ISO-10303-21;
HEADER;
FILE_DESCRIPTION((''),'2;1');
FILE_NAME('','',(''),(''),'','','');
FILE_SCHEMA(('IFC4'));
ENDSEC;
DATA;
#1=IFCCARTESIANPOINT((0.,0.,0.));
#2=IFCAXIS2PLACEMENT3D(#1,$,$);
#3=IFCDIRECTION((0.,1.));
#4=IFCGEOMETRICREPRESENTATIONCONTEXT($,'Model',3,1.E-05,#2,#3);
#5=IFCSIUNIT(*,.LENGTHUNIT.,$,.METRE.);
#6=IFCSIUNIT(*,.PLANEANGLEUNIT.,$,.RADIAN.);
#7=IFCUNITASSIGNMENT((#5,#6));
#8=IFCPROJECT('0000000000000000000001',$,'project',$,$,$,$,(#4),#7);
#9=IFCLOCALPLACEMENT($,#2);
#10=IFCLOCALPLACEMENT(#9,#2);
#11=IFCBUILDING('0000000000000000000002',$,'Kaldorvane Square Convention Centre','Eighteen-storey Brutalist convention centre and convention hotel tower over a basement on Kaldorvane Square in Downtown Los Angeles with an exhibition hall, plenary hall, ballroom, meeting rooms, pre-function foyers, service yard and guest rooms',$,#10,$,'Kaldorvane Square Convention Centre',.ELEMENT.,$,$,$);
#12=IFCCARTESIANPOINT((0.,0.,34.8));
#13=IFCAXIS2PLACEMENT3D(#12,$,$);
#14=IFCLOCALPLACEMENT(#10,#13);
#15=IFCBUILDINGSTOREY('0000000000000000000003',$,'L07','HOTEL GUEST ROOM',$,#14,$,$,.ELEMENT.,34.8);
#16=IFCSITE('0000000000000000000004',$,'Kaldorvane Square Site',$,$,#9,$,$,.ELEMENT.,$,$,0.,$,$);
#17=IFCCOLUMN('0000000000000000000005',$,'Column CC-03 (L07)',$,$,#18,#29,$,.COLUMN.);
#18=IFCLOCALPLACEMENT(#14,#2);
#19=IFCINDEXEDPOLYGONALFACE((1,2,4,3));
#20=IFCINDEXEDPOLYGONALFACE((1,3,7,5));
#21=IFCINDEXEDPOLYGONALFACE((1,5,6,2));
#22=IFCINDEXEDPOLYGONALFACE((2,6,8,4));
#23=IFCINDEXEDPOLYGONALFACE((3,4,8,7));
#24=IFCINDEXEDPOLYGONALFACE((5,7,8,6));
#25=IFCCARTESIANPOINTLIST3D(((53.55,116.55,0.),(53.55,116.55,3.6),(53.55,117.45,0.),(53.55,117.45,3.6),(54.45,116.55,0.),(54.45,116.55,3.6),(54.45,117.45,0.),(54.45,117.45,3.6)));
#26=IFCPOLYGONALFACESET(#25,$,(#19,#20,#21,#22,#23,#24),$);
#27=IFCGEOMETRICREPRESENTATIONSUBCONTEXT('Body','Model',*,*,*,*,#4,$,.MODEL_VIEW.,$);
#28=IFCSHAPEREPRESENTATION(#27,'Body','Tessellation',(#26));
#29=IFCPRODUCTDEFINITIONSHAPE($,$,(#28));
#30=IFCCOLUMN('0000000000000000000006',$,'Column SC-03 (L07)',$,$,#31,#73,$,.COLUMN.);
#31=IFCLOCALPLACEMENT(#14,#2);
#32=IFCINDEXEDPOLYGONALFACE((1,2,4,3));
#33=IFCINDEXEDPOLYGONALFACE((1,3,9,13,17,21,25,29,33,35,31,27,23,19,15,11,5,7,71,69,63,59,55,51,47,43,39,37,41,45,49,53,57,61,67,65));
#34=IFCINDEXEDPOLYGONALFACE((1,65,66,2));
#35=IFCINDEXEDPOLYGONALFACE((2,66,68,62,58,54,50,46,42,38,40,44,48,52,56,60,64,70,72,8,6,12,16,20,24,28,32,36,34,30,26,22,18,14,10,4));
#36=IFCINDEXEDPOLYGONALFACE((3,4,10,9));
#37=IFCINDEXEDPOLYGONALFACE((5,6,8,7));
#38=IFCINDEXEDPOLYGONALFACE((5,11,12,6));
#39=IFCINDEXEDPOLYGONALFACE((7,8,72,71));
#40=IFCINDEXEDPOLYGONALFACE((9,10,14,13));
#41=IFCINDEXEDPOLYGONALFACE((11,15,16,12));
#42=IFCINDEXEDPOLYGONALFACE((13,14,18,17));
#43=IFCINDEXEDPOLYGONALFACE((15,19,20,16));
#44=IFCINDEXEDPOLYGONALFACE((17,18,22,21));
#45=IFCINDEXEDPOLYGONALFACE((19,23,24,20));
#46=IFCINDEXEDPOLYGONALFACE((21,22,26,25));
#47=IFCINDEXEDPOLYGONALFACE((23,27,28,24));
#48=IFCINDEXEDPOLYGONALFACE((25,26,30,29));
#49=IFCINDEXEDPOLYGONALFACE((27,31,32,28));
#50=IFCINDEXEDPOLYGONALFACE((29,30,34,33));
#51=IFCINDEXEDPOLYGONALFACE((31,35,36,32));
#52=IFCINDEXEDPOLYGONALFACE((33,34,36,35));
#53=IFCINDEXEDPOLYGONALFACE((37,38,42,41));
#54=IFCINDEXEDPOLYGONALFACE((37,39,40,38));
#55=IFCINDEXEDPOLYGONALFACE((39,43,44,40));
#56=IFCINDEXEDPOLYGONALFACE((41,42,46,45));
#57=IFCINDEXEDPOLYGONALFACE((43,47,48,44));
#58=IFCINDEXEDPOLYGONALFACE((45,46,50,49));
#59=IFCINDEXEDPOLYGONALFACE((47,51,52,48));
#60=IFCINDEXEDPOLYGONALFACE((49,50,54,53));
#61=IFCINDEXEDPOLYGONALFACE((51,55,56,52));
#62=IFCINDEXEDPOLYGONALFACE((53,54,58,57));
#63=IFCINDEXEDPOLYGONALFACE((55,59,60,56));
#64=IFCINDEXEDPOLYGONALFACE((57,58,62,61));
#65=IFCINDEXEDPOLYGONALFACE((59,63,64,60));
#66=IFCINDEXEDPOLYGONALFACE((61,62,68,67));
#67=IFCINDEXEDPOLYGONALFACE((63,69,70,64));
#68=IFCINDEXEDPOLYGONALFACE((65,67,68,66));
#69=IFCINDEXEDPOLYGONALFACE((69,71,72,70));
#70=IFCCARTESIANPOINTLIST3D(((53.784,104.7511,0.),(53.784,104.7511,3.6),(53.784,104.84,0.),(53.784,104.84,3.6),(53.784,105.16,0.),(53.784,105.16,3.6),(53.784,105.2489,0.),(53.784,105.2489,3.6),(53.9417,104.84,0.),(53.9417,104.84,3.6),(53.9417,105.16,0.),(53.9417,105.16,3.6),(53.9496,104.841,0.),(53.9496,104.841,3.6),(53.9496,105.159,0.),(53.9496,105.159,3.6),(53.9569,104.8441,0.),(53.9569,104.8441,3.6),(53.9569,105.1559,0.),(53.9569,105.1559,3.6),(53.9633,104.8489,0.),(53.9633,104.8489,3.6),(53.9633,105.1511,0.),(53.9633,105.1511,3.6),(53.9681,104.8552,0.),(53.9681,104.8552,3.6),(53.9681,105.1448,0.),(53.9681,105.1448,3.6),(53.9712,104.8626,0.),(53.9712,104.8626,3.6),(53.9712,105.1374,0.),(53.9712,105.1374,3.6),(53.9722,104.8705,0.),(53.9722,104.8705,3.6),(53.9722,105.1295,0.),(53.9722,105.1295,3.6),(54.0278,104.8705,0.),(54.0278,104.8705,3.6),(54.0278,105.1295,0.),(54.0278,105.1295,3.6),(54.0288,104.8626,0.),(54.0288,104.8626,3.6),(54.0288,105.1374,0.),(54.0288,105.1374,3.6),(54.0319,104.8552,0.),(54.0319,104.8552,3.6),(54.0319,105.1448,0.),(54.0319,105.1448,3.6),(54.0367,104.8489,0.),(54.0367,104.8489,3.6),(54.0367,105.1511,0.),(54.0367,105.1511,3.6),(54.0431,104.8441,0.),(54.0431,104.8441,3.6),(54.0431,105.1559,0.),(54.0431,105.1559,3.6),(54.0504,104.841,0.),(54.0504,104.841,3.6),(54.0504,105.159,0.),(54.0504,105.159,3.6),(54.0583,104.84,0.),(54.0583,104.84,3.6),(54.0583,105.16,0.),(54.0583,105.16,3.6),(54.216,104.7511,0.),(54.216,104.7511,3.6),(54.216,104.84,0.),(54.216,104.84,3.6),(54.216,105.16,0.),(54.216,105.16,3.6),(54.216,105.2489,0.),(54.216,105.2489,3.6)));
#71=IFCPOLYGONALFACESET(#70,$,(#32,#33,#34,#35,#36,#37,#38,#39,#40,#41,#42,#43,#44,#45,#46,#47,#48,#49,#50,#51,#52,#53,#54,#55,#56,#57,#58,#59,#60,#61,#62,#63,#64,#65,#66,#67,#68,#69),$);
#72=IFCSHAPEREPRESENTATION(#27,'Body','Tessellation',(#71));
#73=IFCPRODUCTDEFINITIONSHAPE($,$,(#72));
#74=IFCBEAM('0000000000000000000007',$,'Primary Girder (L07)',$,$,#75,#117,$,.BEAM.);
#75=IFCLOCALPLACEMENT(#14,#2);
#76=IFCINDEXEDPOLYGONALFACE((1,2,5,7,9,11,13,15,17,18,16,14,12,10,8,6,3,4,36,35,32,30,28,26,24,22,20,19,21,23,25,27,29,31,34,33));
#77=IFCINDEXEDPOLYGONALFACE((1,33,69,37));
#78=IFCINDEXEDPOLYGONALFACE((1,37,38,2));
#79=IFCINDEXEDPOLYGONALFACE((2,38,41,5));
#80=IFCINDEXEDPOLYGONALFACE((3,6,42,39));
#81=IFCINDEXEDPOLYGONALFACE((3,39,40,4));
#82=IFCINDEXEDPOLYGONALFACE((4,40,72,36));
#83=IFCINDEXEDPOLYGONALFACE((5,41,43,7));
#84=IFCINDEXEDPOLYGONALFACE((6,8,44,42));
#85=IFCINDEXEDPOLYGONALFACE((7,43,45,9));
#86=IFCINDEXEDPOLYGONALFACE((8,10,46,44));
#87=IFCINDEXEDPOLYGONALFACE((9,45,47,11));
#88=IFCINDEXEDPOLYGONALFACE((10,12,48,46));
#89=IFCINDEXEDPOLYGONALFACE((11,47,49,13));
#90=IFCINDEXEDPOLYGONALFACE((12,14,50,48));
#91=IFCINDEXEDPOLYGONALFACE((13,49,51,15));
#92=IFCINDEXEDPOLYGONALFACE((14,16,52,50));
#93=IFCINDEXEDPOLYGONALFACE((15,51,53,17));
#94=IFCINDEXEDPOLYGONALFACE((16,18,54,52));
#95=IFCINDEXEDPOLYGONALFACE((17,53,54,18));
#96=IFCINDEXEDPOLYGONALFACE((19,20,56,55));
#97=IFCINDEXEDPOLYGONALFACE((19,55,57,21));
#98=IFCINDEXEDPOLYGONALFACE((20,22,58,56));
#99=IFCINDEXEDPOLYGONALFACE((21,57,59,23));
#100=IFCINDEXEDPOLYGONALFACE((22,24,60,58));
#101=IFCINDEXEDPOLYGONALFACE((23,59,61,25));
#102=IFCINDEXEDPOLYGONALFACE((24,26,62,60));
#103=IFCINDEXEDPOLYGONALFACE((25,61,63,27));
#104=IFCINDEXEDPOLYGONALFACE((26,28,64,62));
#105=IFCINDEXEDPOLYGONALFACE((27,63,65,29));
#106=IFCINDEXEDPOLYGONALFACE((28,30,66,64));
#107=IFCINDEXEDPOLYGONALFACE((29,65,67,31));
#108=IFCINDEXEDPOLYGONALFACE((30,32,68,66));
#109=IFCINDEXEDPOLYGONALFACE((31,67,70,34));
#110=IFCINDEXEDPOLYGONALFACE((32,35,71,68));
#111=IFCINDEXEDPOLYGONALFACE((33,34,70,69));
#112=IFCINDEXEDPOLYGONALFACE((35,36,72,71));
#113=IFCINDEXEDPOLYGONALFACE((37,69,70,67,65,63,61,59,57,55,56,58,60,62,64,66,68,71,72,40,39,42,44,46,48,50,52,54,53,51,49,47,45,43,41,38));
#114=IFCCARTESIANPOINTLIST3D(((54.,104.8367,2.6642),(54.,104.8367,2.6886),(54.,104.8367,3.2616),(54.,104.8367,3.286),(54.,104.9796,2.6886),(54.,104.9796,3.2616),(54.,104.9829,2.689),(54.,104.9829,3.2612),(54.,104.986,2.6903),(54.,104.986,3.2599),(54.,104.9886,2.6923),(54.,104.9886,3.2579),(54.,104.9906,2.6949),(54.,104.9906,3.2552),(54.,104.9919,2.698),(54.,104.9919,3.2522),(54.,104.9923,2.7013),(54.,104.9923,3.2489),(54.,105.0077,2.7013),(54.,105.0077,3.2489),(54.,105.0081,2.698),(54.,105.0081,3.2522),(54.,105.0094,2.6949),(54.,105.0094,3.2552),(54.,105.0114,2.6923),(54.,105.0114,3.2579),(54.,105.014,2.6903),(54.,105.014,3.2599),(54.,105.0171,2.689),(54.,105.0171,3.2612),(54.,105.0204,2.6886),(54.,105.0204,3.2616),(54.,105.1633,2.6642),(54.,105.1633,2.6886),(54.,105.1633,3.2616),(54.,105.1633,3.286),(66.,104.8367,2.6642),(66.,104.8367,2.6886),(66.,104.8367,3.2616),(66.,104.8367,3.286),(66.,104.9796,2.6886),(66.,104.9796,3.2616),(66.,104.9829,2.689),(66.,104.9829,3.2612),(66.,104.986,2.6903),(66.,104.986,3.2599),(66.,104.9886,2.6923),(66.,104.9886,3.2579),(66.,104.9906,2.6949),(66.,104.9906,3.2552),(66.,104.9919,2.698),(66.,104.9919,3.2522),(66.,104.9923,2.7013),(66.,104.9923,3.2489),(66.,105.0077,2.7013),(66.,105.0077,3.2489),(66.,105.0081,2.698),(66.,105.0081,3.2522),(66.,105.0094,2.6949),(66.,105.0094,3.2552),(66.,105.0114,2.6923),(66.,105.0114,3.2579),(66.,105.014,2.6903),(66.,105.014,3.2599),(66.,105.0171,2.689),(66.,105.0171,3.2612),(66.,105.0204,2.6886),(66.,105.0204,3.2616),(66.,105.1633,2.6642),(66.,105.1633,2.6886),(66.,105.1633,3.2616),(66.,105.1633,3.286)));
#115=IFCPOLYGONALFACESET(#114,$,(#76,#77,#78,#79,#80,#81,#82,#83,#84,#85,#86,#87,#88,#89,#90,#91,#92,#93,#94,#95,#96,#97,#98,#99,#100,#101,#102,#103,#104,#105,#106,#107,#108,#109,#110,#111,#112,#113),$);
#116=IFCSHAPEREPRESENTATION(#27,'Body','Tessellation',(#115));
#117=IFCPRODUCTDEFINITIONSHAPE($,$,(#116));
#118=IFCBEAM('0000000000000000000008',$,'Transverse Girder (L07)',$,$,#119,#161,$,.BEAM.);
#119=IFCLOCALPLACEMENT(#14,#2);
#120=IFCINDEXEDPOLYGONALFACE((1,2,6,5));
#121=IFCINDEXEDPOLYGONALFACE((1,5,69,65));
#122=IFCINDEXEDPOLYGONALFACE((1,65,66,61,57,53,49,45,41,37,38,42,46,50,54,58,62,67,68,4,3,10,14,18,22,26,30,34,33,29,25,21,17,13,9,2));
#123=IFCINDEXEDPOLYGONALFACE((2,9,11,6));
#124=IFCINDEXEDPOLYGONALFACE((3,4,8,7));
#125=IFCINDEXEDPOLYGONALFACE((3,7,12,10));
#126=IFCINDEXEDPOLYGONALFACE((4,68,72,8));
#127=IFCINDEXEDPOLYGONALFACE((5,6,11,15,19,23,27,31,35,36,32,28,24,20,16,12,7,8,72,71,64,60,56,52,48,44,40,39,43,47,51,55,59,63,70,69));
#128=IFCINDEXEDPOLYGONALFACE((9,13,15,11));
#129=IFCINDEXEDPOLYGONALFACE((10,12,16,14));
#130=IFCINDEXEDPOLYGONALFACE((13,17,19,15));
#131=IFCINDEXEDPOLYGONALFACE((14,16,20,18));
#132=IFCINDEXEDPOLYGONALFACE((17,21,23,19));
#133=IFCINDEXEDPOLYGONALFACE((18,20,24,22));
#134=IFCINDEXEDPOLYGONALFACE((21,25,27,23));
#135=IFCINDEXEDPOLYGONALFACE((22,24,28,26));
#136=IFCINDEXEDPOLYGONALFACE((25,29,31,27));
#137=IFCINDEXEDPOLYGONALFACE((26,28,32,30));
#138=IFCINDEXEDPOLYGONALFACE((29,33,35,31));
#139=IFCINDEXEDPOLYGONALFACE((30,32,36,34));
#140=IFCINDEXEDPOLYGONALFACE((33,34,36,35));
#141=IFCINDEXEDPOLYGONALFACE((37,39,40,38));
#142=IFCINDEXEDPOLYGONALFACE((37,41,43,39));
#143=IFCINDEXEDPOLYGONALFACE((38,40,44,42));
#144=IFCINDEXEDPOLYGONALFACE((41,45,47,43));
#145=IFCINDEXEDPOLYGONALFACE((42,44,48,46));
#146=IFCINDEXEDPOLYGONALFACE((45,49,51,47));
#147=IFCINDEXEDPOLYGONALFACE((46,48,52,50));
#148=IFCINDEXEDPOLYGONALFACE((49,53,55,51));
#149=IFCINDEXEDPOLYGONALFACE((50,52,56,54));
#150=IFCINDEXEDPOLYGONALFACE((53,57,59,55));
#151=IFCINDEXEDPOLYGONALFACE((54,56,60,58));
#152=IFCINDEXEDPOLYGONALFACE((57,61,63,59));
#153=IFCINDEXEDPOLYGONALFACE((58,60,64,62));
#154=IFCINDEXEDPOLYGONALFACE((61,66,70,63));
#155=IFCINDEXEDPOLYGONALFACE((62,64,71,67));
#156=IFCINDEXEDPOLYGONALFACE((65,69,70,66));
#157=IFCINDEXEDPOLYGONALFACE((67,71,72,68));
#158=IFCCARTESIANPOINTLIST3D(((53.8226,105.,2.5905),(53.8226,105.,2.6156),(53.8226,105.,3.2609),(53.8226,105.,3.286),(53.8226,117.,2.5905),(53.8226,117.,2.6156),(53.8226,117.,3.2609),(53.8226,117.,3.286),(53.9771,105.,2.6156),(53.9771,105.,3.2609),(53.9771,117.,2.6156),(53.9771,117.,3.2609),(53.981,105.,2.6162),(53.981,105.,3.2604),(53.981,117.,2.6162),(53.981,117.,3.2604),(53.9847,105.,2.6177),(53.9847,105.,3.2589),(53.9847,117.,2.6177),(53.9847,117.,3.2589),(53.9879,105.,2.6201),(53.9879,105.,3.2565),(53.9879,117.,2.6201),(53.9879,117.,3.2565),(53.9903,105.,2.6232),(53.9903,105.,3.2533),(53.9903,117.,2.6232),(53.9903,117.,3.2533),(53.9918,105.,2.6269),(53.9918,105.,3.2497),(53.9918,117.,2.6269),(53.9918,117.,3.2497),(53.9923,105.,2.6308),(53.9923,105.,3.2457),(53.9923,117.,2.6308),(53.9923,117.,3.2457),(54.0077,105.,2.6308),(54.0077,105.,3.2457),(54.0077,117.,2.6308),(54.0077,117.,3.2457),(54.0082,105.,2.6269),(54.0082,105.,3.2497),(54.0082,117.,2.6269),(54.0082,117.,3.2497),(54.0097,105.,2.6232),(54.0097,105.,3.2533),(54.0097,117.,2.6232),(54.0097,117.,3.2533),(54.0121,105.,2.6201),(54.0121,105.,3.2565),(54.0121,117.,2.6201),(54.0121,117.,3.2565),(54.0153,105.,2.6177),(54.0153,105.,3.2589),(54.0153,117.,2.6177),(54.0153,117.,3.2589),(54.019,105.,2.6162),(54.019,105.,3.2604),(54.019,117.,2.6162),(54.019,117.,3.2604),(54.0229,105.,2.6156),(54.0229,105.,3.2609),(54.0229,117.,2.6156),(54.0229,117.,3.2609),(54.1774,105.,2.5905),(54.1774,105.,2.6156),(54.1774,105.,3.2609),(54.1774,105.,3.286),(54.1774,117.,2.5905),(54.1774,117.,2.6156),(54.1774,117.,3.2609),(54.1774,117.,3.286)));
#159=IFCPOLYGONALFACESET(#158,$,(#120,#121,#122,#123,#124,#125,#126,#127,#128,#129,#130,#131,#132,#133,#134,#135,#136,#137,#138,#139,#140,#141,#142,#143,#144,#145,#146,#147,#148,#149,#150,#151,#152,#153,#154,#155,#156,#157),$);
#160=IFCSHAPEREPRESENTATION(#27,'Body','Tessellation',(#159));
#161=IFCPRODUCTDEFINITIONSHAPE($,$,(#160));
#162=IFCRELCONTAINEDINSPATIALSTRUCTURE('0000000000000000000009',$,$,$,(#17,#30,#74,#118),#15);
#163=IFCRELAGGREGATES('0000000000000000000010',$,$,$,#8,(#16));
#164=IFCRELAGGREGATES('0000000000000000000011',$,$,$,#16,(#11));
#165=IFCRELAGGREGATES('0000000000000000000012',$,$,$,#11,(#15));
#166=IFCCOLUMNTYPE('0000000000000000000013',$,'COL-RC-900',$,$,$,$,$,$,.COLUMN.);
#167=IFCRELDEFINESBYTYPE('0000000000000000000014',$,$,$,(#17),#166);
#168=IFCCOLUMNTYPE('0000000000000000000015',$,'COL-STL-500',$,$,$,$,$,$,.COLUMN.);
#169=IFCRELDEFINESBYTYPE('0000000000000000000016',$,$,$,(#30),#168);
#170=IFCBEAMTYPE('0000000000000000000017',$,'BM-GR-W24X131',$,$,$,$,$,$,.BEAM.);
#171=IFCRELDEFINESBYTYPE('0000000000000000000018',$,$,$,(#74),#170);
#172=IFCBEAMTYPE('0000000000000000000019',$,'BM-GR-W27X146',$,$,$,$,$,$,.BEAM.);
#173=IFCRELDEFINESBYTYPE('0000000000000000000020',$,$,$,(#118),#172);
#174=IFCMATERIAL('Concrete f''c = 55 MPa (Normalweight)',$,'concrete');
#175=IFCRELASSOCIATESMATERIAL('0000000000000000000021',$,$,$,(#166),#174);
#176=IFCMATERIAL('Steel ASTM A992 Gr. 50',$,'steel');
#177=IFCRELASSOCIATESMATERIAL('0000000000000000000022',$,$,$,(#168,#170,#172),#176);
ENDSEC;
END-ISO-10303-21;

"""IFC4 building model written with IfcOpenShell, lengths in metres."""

from ifc_helpers import new_model, si_unit, direction, frame, origin, origin_2d, place, context, subcontext, project, spatial, rectangle, i_section, extrude, material, material_profile, profile_set, type_object, element, save


model = new_model("IFC4")

# Units and contexts
model_context = context("Model", 3, precision=1e-05, world=origin(), true_north=direction((0.0, 1.0)))
body_context = subcontext(model_context, "Body", "Model", "MODEL_VIEW")
ifc_project = project(units=[si_unit("LENGTHUNIT", "METRE"), si_unit("PLANEANGLEUNIT", "RADIAN")], contexts=[model_context])

# Site, building, storey
site_placement = place(None, origin())
site = spatial("IfcSite", under=ifc_project, at=site_placement, Name="Kaldorvane Square Site", CompositionType="ELEMENT", RefElevation=0.0)
building_placement = place(site_placement, origin())
building = spatial("IfcBuilding", under=site, at=building_placement, Name="Kaldorvane Square Convention Centre", Description="Eighteen-storey Brutalist convention centre and convention hotel tower over a basement on Kaldorvane Square in Downtown Los Angeles with an exhibition hall, plenary hall, ballroom, meeting rooms, pre-function foyers, service yard and guest rooms", LongName="Kaldorvane Square Convention Centre", CompositionType="ELEMENT")
storey_placement = place(building_placement, frame((0.0, 0.0, 34.8)))
storey = spatial("IfcBuildingStorey", under=building, at=storey_placement, Name="L07", Description="HOTEL GUEST ROOM", CompositionType="ELEMENT", Elevation=34.8)

# Columns
ifc_material_1 = material(Name="Concrete f'c = 55 MPa (Normalweight)", Category="concrete")
ifc_material_profile_1 = material_profile(ifc_material_1, rectangle(XDim=0.9, YDim=0.9, at=origin_2d()), Name="RC900X900")
ifc_profile_set_1 = profile_set([ifc_material_profile_1], Name="Concrete f'c = 55 MPa (Normalweight)")
column_type_1 = type_object("IfcColumnType", Name="COL-RC-900", PredefinedType="COLUMN", material=ifc_profile_set_1)
column_1_placement = place(storey_placement, frame((54.0, 117.0, 0.0), z_axis=(0.0, 0.0, 1.0), x_axis=(1.0, 0.0, 0.0)))
element("IfcColumn", 1, at=column_1_placement, inside=storey, type_object=column_type_1, Name="Column CC-03 (L07)", PredefinedType="COLUMN", context=body_context, shape_type="SweptSolid", body=[
    extrude(rectangle(XDim=0.9, YDim=0.9, at=origin_2d()), origin(), (0.0, 0.0, 1.0), 3.6),
])
ifc_material_2 = material(Name="Steel ASTM A992 Gr. 50", Category="steel")
ifc_material_profile_2 = material_profile(ifc_material_2, i_section(OverallWidth=0.4321, OverallDepth=0.4978, WebThickness=0.0556, FlangeThickness=0.0889, FilletRadius=0.0305, at=origin_2d()), Name="W14X500")
ifc_profile_set_2 = profile_set([ifc_material_profile_2], Name="Steel ASTM A992 Gr. 50")
column_type_2 = type_object("IfcColumnType", Name="COL-STL-500", PredefinedType="COLUMN", material=ifc_profile_set_2)
column_2_placement = place(storey_placement, frame((54.0, 105.0, 0.0), z_axis=(0.0, 0.0, 1.0), x_axis=(1.0, 0.0, 0.0)))
element("IfcColumn", 2, at=column_2_placement, inside=storey, type_object=column_type_2, Name="Column SC-03 (L07)", PredefinedType="COLUMN", context=body_context, shape_type="SweptSolid", body=[
    extrude(i_section(OverallWidth=0.4321, OverallDepth=0.4978, WebThickness=0.0556, FlangeThickness=0.0889, FilletRadius=0.0305, at=origin_2d()), origin(), (0.0, 0.0, 1.0), 3.6),
])

# Beams
ifc_material_profile_3 = material_profile(ifc_material_2, i_section(OverallWidth=0.3265, OverallDepth=0.6218, WebThickness=0.0154, FlangeThickness=0.0244, FilletRadius=0.0127, at=origin_2d()), Name="W24X131")
ifc_profile_set_3 = profile_set([ifc_material_profile_3], Name="Steel ASTM A992 Gr. 50")
beam_type_1 = type_object("IfcBeamType", Name="BM-GR-W24X131", PredefinedType="BEAM", material=ifc_profile_set_3)
beam_1_placement = place(storey_placement, frame((54.0, 105.0, 2.9751), z_axis=(1.0, 0.0, 0.0), x_axis=(0.0, 1.0, 0.0)))
element("IfcBeam", 3, at=beam_1_placement, inside=storey, type_object=beam_type_1, Name="Primary Girder (L07)", PredefinedType="BEAM", context=body_context, shape_type="SweptSolid", body=[
    extrude(i_section(OverallWidth=0.3265, OverallDepth=0.6218, WebThickness=0.0154, FlangeThickness=0.0244, FilletRadius=0.0127, at=origin_2d()), origin(), (0.0, 0.0, 1.0), 12.0),
])
ifc_material_profile_4 = material_profile(ifc_material_2, i_section(OverallWidth=0.3547, OverallDepth=0.6955, WebThickness=0.0154, FlangeThickness=0.0251, FilletRadius=0.0152, at=origin_2d()), Name="W27X146")
ifc_profile_set_4 = profile_set([ifc_material_profile_4], Name="Steel ASTM A992 Gr. 50")
beam_type_2 = type_object("IfcBeamType", Name="BM-GR-W27X146", PredefinedType="BEAM", material=ifc_profile_set_4)
beam_2_placement = place(storey_placement, frame((54.0, 105.0, 2.9383), z_axis=(0.0, 1.0, 0.0), x_axis=(-1.0, 0.0, 0.0)))
element("IfcBeam", 4, at=beam_2_placement, inside=storey, type_object=beam_type_2, Name="Transverse Girder (L07)", PredefinedType="BEAM", context=body_context, shape_type="SweptSolid", body=[
    extrude(i_section(OverallWidth=0.3547, OverallDepth=0.6955, WebThickness=0.0154, FlangeThickness=0.0251, FilletRadius=0.0152, at=origin_2d()), origin(), (0.0, 0.0, 1.0), 12.0),
])

save(model, "model.ifc")
